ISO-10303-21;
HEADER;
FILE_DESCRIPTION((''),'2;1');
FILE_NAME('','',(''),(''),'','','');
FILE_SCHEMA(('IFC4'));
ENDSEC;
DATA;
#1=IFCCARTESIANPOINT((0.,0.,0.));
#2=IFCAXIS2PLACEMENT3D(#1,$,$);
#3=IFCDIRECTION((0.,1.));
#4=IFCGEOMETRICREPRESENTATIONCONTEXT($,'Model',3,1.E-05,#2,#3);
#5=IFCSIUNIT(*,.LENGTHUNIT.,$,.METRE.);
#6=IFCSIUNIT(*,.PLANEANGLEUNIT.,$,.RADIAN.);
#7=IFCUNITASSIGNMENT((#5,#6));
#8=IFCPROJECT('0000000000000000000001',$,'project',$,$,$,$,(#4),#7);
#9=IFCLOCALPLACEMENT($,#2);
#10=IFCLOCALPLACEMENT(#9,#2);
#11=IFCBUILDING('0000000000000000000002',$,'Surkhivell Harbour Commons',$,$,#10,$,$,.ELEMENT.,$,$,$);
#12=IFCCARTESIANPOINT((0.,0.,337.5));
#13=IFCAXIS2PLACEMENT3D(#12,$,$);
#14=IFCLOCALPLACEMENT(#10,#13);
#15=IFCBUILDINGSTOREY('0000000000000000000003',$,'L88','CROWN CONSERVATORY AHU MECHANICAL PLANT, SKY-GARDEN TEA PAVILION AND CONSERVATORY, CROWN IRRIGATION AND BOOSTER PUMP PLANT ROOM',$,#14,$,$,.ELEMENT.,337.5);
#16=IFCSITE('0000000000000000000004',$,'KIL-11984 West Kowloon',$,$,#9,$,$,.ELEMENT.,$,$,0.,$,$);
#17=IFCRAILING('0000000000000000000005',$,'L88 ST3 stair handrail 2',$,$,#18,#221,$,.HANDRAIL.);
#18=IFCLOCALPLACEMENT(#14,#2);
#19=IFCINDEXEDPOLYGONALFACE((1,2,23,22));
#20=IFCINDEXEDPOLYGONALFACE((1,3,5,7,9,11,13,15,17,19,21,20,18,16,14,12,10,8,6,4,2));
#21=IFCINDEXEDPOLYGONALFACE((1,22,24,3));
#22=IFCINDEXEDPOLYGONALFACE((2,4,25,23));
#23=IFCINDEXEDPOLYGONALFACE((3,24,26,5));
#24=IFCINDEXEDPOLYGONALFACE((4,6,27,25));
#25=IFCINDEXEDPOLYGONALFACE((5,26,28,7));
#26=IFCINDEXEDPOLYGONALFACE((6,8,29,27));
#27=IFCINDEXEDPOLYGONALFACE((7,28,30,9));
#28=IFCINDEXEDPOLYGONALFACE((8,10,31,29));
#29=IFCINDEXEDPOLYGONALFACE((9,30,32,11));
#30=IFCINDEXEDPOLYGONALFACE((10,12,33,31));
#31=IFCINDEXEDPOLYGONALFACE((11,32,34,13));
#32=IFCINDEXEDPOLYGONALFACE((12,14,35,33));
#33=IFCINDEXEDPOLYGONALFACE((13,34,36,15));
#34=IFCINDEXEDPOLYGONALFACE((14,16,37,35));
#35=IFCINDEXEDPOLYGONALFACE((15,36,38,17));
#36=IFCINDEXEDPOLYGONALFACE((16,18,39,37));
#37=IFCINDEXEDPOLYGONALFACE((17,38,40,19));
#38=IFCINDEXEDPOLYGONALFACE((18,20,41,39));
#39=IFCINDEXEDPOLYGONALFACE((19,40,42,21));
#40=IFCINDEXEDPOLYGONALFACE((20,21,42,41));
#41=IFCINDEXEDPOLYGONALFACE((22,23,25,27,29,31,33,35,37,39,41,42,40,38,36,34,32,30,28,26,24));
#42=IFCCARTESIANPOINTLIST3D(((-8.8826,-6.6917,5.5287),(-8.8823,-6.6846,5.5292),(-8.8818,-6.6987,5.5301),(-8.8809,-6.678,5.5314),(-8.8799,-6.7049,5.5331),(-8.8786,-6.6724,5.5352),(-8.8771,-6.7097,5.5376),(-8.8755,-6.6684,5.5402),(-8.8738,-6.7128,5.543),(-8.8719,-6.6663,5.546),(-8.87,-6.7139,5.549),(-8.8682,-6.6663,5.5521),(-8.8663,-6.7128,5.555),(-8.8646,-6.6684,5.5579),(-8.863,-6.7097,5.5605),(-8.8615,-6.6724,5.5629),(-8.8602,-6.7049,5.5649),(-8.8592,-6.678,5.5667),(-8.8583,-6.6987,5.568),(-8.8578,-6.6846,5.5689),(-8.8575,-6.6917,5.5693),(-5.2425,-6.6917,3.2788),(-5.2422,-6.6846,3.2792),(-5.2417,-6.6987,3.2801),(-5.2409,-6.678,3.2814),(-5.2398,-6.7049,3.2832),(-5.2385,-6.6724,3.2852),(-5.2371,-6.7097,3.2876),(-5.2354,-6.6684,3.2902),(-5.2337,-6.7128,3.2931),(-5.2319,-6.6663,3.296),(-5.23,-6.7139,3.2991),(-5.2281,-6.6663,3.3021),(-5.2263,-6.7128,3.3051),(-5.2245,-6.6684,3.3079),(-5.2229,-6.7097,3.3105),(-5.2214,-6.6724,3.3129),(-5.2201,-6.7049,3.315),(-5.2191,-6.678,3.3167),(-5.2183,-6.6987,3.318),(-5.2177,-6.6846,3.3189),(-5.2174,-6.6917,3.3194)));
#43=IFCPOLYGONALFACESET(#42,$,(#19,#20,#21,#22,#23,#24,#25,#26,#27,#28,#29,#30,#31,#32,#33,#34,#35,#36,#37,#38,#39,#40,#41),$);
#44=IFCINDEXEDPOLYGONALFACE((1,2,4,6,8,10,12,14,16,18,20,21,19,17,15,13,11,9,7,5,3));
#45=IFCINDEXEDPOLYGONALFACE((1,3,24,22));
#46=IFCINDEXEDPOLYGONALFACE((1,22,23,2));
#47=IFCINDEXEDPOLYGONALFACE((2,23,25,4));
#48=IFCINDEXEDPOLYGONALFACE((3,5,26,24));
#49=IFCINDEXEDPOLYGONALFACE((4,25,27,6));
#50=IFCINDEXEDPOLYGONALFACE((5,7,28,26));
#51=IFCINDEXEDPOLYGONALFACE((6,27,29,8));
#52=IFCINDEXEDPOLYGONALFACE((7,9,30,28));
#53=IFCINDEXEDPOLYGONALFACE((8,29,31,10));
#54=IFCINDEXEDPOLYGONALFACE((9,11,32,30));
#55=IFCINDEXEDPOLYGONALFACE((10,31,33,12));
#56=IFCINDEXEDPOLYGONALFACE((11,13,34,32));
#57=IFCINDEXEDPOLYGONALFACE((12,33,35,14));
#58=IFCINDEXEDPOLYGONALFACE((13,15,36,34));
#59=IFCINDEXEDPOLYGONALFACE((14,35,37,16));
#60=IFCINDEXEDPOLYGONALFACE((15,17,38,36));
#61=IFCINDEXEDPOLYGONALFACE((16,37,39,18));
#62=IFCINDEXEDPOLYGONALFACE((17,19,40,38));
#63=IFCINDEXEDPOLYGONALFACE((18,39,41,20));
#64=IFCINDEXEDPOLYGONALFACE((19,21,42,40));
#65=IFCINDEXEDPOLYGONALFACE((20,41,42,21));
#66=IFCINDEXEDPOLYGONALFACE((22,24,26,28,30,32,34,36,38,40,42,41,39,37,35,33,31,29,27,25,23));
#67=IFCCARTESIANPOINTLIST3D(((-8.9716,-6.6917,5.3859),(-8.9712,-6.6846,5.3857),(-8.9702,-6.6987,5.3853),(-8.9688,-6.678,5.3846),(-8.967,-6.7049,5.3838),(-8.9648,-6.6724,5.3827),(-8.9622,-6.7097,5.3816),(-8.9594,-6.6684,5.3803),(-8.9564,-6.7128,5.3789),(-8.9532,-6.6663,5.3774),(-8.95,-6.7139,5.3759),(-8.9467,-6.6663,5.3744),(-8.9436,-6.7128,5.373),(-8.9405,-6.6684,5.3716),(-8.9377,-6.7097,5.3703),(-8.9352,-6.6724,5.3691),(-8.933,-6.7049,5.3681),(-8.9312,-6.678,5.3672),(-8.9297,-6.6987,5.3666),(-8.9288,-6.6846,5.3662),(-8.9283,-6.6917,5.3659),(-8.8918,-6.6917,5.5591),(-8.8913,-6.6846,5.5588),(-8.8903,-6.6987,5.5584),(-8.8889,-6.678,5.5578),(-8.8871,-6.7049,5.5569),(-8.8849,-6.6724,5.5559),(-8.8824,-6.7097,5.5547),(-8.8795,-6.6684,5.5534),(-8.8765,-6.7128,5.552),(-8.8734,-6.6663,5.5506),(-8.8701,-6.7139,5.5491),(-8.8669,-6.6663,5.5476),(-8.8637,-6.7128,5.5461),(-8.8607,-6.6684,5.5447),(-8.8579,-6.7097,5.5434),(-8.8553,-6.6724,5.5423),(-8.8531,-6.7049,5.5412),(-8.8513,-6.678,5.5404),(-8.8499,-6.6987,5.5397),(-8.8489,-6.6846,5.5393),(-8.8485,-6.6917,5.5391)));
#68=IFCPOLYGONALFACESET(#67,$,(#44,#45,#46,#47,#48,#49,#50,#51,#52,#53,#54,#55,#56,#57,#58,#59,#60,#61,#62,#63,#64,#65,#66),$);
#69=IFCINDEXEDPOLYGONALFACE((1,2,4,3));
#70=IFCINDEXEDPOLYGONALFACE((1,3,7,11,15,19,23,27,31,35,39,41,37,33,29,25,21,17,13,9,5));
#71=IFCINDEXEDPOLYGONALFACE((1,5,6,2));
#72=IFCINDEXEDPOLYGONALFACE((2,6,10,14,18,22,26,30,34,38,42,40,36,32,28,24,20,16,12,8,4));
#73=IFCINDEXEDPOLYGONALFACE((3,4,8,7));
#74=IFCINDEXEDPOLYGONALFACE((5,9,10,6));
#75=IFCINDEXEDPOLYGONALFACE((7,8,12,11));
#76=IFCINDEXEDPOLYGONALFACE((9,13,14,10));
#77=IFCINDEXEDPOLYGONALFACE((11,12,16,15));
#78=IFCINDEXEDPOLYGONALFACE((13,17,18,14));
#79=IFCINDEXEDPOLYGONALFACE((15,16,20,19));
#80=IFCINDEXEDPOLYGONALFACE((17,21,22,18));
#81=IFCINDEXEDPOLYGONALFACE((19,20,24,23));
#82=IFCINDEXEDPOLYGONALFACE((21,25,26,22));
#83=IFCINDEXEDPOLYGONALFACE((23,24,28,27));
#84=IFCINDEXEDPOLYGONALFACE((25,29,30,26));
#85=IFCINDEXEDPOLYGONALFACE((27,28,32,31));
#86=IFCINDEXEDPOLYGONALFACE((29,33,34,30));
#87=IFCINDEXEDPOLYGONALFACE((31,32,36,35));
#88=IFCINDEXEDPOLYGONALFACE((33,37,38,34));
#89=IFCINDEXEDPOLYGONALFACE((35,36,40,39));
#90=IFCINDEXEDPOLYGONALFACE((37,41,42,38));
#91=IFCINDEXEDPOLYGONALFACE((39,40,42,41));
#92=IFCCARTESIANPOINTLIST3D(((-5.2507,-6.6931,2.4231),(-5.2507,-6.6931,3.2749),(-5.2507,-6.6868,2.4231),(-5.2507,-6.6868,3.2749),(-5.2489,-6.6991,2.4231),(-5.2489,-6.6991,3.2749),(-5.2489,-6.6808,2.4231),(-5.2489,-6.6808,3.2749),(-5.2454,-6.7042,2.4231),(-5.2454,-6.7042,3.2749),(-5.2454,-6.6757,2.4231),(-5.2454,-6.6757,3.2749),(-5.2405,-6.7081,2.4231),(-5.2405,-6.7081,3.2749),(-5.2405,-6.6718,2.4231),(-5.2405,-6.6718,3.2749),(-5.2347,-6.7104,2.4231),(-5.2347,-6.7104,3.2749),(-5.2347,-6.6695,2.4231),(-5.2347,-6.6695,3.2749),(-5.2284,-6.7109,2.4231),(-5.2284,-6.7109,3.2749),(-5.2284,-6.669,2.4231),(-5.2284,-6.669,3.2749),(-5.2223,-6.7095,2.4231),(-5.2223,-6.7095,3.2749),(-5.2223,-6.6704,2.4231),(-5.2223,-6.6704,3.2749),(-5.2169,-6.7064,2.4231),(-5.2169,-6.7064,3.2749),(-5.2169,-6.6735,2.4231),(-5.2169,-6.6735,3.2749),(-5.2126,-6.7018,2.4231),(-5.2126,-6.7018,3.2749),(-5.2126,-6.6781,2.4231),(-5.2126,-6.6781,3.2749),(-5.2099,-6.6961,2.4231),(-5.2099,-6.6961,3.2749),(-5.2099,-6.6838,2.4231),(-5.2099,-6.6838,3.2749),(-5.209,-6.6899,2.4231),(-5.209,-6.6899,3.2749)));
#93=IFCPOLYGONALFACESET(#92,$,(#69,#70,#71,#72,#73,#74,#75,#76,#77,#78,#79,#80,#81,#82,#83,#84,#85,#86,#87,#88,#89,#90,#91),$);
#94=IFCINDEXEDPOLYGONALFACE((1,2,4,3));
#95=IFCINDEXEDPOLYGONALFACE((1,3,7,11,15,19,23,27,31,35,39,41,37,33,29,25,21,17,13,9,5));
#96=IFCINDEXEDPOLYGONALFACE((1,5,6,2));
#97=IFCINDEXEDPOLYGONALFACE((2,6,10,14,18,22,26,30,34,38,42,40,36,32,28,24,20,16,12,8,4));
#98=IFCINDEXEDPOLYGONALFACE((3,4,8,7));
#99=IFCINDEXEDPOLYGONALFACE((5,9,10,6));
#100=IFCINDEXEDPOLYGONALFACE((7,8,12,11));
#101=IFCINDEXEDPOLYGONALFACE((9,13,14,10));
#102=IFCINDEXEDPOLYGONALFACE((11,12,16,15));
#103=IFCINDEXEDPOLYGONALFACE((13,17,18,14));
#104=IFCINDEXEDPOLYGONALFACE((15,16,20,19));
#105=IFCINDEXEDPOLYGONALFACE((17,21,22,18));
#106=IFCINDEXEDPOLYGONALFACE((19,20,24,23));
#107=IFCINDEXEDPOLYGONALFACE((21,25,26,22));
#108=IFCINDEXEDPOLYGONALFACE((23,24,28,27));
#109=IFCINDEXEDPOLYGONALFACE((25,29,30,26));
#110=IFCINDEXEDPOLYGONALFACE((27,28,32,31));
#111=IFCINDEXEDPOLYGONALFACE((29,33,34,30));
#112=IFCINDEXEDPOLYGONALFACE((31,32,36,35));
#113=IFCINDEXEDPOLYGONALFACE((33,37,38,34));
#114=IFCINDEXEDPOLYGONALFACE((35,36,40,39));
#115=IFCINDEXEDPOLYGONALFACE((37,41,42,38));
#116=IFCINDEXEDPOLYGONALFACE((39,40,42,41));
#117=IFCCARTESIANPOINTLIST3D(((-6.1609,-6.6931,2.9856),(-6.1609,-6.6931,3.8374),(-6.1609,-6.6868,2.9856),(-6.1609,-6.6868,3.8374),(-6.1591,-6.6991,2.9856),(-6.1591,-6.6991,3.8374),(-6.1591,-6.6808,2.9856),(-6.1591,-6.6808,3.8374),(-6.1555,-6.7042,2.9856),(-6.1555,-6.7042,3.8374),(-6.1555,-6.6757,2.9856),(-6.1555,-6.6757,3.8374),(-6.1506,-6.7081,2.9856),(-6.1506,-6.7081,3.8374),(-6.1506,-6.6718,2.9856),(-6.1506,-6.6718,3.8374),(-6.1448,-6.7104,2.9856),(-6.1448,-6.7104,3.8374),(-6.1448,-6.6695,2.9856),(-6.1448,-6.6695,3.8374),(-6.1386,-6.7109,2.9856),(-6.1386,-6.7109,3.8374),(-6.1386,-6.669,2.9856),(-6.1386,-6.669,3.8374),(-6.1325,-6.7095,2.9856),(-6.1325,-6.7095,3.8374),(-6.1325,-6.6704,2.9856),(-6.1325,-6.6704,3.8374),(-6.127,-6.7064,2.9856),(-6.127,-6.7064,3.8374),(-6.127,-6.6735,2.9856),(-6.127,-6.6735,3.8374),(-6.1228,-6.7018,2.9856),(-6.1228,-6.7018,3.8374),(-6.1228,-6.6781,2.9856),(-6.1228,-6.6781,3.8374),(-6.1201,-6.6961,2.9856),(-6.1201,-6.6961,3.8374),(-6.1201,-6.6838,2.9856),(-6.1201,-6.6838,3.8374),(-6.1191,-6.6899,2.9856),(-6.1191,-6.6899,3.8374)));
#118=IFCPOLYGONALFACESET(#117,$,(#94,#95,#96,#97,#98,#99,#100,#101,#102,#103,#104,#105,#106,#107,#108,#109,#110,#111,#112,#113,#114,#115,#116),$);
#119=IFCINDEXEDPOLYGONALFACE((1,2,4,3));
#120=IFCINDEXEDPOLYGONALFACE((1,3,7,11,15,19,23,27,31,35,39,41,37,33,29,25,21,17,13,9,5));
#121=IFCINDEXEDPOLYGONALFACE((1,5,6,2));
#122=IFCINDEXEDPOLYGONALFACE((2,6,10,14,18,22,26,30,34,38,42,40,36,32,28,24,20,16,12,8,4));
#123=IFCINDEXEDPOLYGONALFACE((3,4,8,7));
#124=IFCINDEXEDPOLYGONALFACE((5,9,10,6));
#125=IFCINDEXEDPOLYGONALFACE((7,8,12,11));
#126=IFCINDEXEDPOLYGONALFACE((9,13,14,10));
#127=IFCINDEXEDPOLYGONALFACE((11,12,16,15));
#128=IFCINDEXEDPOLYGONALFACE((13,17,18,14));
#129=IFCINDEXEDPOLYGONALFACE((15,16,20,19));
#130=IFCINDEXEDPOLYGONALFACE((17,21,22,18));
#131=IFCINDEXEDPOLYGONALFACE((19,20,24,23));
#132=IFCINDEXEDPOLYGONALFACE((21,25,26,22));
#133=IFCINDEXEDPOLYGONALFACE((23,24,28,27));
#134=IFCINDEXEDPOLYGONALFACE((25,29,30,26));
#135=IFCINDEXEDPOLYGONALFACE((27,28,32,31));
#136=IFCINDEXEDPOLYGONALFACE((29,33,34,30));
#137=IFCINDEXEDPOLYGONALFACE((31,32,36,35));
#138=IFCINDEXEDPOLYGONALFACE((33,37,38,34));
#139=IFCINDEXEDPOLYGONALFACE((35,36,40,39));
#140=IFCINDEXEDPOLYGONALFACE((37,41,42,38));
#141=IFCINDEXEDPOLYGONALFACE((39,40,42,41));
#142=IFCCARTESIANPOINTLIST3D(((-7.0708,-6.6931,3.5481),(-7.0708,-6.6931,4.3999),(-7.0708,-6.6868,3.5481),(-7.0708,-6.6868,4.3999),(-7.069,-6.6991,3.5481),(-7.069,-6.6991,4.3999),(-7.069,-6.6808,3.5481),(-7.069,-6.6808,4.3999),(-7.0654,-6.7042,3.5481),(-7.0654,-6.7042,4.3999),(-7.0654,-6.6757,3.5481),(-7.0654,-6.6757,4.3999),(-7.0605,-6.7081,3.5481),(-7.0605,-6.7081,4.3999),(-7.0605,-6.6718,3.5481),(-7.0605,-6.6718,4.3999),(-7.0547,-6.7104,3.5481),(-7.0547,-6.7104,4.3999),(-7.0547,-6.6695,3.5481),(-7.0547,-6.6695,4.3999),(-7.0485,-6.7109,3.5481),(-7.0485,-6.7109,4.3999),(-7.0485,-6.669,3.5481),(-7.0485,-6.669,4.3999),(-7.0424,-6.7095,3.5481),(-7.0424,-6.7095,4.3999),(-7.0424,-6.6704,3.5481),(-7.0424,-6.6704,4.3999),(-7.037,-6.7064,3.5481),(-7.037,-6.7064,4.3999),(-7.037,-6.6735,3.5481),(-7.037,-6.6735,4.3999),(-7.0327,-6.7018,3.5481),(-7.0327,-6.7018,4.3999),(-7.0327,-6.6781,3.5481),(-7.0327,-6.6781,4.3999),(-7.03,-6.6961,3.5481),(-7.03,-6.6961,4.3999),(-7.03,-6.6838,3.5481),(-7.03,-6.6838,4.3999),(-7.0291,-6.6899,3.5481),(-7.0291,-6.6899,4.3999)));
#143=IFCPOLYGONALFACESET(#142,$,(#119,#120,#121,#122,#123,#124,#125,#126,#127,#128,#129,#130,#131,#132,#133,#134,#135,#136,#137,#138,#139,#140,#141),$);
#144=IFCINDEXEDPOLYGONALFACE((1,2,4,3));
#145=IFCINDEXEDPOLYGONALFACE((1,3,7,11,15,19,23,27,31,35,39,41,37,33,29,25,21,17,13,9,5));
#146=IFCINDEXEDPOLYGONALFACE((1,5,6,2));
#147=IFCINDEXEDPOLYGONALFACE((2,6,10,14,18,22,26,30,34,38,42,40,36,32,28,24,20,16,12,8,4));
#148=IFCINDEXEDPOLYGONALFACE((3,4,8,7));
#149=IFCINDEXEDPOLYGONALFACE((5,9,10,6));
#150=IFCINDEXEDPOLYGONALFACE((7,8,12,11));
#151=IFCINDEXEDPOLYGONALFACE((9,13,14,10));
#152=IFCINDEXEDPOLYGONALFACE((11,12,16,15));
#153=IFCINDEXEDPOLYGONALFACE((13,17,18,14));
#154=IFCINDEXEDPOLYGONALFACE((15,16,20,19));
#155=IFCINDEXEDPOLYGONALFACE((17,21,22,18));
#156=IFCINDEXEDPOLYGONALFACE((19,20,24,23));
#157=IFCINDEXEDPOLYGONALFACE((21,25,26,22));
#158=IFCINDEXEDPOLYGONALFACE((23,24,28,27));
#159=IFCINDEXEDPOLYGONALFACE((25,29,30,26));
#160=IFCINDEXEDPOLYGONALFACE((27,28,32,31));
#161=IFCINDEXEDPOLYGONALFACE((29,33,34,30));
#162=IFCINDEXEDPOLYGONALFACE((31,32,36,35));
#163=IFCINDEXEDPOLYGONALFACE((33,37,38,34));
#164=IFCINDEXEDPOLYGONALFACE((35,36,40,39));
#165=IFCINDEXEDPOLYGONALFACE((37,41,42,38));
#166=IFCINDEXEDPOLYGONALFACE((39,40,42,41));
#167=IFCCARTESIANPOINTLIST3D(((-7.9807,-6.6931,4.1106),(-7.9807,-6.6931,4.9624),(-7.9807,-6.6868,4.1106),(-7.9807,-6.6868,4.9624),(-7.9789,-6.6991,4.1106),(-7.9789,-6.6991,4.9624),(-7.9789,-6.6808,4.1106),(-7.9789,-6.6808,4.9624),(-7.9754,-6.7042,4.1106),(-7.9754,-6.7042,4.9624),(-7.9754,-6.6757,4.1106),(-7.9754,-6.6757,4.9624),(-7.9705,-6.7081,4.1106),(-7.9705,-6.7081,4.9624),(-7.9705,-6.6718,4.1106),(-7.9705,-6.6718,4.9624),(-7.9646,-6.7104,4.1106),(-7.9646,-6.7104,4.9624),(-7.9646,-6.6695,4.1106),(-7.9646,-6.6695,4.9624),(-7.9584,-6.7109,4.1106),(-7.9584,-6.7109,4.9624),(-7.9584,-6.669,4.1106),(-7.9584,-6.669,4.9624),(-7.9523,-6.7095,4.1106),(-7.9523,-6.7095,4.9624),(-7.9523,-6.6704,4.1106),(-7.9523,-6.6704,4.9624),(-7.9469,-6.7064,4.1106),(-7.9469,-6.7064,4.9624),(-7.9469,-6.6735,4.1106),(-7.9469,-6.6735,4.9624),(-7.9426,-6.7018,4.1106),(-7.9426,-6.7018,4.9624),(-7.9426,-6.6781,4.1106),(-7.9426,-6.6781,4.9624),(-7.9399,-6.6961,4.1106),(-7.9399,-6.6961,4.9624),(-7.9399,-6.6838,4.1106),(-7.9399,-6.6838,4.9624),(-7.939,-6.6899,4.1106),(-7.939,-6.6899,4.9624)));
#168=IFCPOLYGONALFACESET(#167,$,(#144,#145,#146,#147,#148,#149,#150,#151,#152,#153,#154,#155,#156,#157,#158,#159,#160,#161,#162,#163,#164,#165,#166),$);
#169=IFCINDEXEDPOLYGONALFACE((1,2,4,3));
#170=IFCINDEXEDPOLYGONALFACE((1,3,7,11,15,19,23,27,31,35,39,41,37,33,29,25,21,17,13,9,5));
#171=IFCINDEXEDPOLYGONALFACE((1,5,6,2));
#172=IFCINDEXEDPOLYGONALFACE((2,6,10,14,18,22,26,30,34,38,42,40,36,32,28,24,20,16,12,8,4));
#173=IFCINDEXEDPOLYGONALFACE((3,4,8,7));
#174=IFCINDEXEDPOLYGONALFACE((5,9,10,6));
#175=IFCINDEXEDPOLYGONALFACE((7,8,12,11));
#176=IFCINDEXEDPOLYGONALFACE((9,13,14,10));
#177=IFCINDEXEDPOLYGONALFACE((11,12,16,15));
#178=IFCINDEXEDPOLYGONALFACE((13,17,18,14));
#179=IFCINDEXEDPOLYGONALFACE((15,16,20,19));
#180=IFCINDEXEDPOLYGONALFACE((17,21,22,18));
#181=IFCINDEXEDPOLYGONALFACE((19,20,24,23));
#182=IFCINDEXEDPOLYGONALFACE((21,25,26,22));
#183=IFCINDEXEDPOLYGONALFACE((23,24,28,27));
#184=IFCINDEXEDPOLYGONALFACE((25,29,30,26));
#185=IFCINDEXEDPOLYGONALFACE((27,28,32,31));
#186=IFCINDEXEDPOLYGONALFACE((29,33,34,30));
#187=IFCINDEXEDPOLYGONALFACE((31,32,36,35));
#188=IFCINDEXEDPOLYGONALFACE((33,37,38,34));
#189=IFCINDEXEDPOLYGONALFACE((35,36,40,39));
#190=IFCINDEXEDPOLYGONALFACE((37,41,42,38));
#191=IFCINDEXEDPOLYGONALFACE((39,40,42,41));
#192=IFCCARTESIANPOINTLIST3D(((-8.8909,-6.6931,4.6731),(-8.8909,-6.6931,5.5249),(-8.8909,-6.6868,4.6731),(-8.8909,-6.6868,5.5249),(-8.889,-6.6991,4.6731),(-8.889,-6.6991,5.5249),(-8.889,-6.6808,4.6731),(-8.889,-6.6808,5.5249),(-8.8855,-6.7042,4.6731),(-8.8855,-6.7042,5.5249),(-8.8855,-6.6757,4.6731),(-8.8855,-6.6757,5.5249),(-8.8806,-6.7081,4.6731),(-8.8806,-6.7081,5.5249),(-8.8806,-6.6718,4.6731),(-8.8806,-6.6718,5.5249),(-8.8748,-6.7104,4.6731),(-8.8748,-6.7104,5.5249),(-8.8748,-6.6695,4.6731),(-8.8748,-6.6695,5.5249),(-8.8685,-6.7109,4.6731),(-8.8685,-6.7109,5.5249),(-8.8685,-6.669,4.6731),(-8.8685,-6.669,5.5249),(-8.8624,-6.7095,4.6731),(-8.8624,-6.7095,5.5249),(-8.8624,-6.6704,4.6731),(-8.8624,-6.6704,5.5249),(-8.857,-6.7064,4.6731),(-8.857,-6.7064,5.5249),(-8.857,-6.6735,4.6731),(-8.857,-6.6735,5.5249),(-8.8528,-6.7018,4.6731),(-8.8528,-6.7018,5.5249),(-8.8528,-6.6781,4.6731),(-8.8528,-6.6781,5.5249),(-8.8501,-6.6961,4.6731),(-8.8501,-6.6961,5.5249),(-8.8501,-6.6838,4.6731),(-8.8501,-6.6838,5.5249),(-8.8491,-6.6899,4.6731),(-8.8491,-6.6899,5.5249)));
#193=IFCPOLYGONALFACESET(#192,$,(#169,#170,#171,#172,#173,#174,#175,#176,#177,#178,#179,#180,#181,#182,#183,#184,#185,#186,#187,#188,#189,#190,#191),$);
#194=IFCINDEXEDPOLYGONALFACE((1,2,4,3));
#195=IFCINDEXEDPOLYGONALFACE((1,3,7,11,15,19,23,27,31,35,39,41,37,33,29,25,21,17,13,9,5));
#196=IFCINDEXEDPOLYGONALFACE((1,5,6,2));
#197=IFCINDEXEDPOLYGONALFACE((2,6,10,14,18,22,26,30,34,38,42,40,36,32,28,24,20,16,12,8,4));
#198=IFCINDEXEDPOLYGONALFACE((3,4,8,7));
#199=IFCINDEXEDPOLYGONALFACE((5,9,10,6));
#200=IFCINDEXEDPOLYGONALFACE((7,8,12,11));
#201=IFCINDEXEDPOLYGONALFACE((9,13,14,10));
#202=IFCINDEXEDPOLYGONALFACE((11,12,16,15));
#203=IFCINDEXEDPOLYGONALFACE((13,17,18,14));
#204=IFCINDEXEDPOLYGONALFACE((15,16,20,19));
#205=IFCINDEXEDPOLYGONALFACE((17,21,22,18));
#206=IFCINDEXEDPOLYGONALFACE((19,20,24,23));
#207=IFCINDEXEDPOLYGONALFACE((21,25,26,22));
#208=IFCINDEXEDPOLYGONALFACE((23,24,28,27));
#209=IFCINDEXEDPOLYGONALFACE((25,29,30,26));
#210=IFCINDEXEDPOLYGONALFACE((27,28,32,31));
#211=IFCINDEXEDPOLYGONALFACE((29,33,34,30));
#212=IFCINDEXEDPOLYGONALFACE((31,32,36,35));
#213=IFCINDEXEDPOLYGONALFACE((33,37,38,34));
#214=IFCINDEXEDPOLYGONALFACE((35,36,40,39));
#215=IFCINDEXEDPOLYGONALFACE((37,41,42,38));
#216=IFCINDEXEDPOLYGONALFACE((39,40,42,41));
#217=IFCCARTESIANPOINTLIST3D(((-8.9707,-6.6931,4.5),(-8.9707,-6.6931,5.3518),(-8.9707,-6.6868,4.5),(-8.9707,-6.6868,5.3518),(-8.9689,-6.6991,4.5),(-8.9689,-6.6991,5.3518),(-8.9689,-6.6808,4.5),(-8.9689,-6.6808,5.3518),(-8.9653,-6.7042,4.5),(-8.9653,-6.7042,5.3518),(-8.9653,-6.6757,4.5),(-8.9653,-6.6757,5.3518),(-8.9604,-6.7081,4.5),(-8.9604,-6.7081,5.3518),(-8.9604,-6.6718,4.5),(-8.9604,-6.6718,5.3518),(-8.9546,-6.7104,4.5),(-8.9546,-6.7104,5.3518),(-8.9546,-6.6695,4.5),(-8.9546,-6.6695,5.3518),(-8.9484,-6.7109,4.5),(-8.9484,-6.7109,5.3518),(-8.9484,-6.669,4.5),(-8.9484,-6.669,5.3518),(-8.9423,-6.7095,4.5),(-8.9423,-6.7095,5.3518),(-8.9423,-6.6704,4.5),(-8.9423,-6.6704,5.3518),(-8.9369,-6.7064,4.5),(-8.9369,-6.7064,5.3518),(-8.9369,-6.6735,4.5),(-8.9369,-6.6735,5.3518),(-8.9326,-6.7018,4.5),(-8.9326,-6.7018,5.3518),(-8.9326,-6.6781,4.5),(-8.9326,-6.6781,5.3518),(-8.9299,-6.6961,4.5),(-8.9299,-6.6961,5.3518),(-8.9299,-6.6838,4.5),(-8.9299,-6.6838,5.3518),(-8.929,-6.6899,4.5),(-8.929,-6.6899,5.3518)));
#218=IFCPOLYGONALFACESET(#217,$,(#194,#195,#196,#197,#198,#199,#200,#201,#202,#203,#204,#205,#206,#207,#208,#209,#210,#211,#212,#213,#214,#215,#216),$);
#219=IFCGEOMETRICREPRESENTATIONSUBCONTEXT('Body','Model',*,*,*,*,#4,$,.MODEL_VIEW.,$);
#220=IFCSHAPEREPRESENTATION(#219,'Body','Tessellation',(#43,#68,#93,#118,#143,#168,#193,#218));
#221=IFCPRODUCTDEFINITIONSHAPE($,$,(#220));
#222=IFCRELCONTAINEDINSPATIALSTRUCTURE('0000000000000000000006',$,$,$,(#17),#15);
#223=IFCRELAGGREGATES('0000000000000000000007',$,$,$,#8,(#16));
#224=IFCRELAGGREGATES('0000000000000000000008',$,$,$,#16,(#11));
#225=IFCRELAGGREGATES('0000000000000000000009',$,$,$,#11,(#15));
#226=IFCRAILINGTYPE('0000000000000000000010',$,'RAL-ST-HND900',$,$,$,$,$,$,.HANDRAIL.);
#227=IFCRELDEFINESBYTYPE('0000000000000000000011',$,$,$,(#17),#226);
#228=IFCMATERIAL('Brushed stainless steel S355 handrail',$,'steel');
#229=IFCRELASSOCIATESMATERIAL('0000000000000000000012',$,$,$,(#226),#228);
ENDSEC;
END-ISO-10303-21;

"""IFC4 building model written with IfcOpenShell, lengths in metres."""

from ifc_helpers import new_model, si_unit, direction, frame, origin, origin_2d, place, context, subcontext, project, spatial, circle, extrude, material, type_object, element, save


model = new_model("IFC4")

# Units and contexts
model_context = context("Model", 3, precision=1e-05, world=origin(), true_north=direction((0.0, 1.0)))
body_context = subcontext(model_context, "Body", "Model", "MODEL_VIEW")
ifc_project = project(units=[si_unit("LENGTHUNIT", "METRE"), si_unit("PLANEANGLEUNIT", "RADIAN")], contexts=[model_context])

# Site, building, storey
site_placement = place(None, origin())
site = spatial("IfcSite", under=ifc_project, at=site_placement, Name="KIL-11984 West Kowloon", CompositionType="ELEMENT", RefElevation=0.0)
building_placement = place(site_placement, origin())
building = spatial("IfcBuilding", under=site, at=building_placement, Name="Surkhivell Harbour Commons", CompositionType="ELEMENT")
storey_placement = place(building_placement, frame((0.0, 0.0, 337.5)))
storey = spatial("IfcBuildingStorey", under=building, at=storey_placement, Name="L88", Description="CROWN CONSERVATORY AHU MECHANICAL PLANT, SKY-GARDEN TEA PAVILION AND CONSERVATORY, CROWN IRRIGATION AND BOOSTER PUMP PLANT ROOM", CompositionType="ELEMENT", Elevation=337.5)

# Railing
ifc_material_1 = material(Name="Brushed stainless steel S355 handrail", Category="steel")
railing_type_1 = type_object("IfcRailingType", Name="RAL-ST-HND900", PredefinedType="HANDRAIL", material=ifc_material_1)
railing_1_placement = place(storey_placement, frame((-5.23, -6.6899, 2.4231)))
element("IfcRailing", 1, at=railing_1_placement, inside=storey, type_object=railing_type_1, Name="L88 ST3 stair handrail 2", PredefinedType="HANDRAIL", context=body_context, shape_type="SweptSolid", body=[
    extrude(circle(Radius=0.0239, at=origin_2d()), frame((0.0, 0.0, 0.876), z_axis=(-0.850622, 0.0, 0.525777), x_axis=(0.0, -1.0, 0.0)), (0.0, 0.0, 1.0), 4.2793),
    extrude(circle(Radius=0.0239, at=origin_2d()), frame((-3.6401, 0.0, 3.126), z_axis=(-0.418815, 0.0, -0.908072), x_axis=(0.0, -1.0, 0.0)), (0.0, 0.0, 1.0), 0.1907),
    extrude(circle(Radius=0.021, at=origin_2d()), origin(), (0.0, 0.0, 1.0), 0.8518),
    extrude(circle(Radius=0.021, at=origin_2d()), frame((-0.9102, 0.0, 0.5625)), (0.0, 0.0, 1.0), 0.8518),
    extrude(circle(Radius=0.021, at=origin_2d()), frame((-1.8201, 0.0, 1.125)), (0.0, 0.0, 1.0), 0.8518),
    extrude(circle(Radius=0.021, at=origin_2d()), frame((-2.73, 0.0, 1.6875)), (0.0, 0.0, 1.0), 0.8518),
    extrude(circle(Radius=0.021, at=origin_2d()), frame((-3.6401, 0.0, 2.25)), (0.0, 0.0, 1.0), 0.8518),
    extrude(circle(Radius=0.021, at=origin_2d()), frame((-3.72, 0.0, 2.0769)), (0.0, 0.0, 1.0), 0.8518),
])

save(model, "model.ifc")
